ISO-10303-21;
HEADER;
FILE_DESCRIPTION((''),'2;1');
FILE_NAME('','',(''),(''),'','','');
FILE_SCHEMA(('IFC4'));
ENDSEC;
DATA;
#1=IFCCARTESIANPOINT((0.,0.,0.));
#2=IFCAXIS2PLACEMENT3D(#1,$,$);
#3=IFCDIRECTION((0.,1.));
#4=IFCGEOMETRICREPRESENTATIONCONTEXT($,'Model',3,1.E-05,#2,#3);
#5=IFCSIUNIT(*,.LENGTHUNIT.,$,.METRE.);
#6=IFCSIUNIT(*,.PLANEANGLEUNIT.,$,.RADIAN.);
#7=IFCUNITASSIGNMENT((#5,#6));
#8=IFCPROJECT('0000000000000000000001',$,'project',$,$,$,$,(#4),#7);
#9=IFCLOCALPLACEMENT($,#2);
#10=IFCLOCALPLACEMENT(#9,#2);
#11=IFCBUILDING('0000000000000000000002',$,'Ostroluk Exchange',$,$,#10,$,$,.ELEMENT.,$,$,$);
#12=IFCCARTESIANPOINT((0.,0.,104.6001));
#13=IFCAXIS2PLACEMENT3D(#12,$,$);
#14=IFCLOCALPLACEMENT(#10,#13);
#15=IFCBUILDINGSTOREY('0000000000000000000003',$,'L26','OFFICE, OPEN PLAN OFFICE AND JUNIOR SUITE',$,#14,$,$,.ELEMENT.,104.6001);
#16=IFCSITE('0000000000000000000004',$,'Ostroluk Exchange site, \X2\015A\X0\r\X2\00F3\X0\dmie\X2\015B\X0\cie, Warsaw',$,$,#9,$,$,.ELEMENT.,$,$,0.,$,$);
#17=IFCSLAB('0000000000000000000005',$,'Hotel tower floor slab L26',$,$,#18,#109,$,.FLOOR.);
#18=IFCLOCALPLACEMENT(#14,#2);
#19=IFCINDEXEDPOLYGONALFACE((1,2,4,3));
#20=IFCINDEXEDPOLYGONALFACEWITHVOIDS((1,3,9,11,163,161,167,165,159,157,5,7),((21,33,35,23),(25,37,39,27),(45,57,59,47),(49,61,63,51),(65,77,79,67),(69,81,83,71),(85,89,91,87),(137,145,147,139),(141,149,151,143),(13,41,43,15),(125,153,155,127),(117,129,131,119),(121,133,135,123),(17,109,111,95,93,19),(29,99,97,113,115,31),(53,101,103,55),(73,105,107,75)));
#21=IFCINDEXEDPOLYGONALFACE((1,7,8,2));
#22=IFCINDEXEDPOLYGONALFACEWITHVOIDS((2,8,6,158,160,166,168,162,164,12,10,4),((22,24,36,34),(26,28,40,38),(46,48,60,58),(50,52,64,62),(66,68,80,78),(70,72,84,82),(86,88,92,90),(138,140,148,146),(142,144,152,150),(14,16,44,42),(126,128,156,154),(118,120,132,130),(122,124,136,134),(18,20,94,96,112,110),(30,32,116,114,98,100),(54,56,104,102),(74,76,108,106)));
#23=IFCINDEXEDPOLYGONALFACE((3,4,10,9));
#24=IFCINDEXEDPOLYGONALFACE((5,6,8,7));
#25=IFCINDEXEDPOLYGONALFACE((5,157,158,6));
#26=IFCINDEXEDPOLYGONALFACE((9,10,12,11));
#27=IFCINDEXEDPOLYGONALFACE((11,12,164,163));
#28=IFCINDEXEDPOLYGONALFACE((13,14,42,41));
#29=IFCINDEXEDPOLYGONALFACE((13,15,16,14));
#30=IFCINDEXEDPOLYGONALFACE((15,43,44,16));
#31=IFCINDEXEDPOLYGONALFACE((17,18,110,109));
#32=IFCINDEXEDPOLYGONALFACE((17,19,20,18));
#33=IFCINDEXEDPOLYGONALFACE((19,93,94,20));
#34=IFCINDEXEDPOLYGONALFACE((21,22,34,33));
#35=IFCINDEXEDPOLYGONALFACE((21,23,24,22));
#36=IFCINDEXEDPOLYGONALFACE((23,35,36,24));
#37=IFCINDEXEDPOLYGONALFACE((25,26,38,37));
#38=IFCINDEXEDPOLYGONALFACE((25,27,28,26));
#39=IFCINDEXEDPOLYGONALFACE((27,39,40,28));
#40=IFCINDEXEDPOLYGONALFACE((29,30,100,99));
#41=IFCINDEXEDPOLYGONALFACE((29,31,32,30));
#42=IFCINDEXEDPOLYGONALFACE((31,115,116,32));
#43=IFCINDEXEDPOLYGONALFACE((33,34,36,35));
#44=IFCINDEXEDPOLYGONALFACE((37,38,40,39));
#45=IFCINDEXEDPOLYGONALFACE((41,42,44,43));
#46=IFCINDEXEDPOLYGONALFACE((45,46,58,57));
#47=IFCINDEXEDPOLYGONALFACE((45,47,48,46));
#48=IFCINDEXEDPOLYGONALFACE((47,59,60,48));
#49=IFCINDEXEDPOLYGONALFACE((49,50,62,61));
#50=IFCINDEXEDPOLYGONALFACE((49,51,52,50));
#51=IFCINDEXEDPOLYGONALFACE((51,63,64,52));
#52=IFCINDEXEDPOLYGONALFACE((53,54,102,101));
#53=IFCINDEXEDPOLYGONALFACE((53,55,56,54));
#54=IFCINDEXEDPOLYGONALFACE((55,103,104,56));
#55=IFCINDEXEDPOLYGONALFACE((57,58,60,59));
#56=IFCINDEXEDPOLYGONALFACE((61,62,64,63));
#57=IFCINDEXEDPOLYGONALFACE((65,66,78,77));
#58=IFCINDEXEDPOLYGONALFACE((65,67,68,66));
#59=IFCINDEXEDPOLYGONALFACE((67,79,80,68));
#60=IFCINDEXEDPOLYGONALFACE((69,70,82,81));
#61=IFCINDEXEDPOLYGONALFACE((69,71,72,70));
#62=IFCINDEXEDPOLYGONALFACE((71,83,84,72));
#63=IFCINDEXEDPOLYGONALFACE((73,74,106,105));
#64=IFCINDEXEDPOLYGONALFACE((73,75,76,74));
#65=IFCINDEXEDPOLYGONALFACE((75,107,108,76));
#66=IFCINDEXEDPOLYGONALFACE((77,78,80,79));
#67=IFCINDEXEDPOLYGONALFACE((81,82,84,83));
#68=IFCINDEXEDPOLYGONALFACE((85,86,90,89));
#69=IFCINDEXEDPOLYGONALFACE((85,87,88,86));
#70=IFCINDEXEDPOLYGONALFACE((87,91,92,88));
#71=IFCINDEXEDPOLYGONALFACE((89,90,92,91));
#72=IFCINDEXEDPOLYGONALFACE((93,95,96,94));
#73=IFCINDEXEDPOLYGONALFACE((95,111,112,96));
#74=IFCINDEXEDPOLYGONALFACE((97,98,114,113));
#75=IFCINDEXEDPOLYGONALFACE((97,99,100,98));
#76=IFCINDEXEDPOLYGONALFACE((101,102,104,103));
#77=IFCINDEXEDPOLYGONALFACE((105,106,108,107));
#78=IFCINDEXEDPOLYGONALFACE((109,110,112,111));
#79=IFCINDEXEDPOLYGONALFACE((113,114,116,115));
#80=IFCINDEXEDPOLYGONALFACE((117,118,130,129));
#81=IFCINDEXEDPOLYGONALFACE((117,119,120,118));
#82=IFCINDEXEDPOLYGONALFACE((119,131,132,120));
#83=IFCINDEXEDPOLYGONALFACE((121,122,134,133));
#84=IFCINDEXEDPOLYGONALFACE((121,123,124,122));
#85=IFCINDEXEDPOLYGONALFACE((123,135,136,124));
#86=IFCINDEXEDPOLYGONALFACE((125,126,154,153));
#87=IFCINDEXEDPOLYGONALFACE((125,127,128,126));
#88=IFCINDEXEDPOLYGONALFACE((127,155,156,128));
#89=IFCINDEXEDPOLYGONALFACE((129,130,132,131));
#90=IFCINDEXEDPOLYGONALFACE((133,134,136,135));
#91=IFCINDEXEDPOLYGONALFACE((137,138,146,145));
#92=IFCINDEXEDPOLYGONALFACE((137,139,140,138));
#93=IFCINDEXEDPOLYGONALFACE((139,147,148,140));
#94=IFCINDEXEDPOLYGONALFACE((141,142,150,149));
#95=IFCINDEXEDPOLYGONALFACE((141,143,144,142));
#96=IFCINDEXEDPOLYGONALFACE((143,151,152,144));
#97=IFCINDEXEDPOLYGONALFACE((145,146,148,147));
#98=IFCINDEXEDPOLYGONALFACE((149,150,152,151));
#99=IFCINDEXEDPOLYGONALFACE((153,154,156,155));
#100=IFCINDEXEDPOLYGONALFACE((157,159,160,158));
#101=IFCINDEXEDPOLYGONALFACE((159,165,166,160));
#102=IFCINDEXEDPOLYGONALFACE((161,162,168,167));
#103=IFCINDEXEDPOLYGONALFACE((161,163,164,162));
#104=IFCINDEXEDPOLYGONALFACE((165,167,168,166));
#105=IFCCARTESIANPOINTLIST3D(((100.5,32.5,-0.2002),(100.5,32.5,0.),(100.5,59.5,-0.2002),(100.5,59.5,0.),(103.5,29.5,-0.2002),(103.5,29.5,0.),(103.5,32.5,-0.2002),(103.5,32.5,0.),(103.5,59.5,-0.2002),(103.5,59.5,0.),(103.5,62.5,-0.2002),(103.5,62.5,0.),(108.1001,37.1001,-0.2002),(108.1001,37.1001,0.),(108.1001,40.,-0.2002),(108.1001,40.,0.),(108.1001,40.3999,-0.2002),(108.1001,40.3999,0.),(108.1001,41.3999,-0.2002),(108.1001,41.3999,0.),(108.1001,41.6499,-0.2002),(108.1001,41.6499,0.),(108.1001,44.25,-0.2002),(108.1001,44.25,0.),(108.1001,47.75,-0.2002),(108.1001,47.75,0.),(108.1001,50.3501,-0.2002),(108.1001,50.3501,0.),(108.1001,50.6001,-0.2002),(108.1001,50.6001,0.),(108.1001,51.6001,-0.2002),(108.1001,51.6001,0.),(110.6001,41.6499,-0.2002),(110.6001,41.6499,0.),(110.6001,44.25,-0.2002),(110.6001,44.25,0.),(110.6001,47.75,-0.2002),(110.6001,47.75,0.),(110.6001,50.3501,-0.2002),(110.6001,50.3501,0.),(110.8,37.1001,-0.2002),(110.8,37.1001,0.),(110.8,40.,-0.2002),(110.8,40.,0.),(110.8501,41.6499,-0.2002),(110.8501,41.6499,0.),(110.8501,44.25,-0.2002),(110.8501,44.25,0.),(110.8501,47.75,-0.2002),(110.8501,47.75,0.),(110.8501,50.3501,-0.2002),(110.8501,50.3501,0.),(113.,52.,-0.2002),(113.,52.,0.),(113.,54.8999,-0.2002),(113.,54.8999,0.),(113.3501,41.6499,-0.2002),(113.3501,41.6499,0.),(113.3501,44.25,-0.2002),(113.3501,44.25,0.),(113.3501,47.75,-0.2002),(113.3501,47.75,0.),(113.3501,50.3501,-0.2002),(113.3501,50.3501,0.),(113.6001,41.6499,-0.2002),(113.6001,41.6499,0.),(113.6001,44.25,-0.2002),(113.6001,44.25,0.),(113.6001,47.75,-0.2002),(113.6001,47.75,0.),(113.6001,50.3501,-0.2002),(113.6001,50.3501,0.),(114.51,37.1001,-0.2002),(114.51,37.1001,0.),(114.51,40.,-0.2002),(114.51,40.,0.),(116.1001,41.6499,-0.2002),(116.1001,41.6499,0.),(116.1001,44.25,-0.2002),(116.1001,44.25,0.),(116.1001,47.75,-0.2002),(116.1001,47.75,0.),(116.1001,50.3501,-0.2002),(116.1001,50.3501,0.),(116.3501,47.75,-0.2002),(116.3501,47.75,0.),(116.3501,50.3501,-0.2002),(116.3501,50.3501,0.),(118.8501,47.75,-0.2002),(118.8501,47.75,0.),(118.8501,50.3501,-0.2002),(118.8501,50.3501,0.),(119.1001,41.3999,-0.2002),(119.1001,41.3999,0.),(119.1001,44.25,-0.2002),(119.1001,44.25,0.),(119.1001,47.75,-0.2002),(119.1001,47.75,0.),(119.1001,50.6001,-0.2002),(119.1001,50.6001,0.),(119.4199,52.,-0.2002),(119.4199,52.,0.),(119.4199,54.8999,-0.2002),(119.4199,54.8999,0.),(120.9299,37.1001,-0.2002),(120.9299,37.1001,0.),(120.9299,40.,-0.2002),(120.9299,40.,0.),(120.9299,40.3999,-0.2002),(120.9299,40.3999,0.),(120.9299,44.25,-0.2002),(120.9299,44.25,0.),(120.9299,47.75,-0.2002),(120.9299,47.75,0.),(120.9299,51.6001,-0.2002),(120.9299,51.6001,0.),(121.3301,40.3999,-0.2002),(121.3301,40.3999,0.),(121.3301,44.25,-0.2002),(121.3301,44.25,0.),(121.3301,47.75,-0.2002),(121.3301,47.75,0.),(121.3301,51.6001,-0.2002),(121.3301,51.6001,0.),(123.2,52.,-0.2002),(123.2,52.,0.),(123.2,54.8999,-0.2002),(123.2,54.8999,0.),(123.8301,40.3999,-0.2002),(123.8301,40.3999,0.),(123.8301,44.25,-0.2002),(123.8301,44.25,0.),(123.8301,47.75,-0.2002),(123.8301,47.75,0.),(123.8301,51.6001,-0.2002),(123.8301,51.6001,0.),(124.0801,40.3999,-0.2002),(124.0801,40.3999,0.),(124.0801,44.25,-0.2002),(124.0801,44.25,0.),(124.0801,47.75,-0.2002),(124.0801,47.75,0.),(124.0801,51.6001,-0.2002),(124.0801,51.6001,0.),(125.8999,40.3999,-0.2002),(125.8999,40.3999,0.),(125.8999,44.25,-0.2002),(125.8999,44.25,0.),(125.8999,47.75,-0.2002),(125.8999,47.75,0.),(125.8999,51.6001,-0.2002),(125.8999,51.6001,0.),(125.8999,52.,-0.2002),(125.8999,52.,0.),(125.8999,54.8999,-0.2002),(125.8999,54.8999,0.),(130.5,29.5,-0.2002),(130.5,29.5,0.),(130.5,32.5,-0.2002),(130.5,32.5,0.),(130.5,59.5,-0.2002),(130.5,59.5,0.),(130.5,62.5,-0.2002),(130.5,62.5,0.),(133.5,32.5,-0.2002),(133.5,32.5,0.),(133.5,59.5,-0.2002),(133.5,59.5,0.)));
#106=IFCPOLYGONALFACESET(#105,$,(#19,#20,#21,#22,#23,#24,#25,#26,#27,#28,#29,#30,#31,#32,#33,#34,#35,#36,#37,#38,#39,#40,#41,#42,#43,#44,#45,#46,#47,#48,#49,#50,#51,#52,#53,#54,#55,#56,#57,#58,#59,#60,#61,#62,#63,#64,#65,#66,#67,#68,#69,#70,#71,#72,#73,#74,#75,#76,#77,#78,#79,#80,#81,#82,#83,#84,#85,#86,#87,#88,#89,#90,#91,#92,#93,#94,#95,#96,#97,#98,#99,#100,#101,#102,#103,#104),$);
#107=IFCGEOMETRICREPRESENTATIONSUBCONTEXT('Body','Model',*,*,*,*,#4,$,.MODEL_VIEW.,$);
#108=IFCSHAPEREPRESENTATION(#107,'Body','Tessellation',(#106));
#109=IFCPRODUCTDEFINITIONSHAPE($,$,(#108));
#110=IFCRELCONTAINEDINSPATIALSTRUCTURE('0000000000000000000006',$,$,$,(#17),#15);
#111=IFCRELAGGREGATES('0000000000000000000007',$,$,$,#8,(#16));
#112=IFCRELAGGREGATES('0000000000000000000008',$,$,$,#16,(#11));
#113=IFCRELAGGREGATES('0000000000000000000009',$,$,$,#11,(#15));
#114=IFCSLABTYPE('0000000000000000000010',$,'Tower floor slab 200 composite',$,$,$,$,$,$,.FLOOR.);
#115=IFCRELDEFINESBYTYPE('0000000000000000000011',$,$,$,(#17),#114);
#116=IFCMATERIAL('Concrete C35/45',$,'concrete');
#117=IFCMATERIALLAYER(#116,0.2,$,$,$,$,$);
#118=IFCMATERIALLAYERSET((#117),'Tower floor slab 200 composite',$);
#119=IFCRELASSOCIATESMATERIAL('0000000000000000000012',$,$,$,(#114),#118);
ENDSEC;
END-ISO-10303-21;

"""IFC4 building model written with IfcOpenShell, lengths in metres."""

from ifc_helpers import new_model, si_unit, direction, frame, origin, place, context, subcontext, project, spatial, polyline, outline, extrude, material, layer, layer_set, type_object, element, save


model = new_model("IFC4")

# Units and contexts
model_context = context("Model", 3, precision=1e-05, world=origin(), true_north=direction((0.0, 1.0)))
body_context = subcontext(model_context, "Body", "Model", "MODEL_VIEW")
ifc_project = project(units=[si_unit("LENGTHUNIT", "METRE"), si_unit("PLANEANGLEUNIT", "RADIAN")], contexts=[model_context])

# Site, building, storey
site_placement = place(None, origin())
site = spatial("IfcSite", under=ifc_project, at=site_placement, Name="Ostroluk Exchange site, Śródmieście, Warsaw", CompositionType="ELEMENT", RefElevation=0.0)
building_placement = place(site_placement, origin())
building = spatial("IfcBuilding", under=site, at=building_placement, Name="Ostroluk Exchange", CompositionType="ELEMENT")
storey_placement = place(building_placement, frame((0.0, 0.0, 104.6001)))
storey = spatial("IfcBuildingStorey", under=building, at=storey_placement, Name="L26", Description="OFFICE, OPEN PLAN OFFICE AND JUNIOR SUITE", CompositionType="ELEMENT", Elevation=104.6001)

# Slab
ifc_material_1 = material(Name="Concrete C35/45", Category="concrete")
ifc_layer_1 = layer(ifc_material_1, 0.2)
ifc_layer_set_1 = layer_set([ifc_layer_1], Name="Tower floor slab 200 composite")
slab_type_1 = type_object("IfcSlabType", Name="Tower floor slab 200 composite", PredefinedType="FLOOR", material=ifc_layer_set_1)
slab_1_placement = place(storey_placement, frame((0.0, 0.0, -0.2002)))
element("IfcSlab", 1, at=slab_1_placement, inside=storey, type_object=slab_type_1, Name="Hotel tower floor slab L26", PredefinedType="FLOOR", context=body_context, shape_type="SweptSolid", body=[
    extrude(outline(polyline([(103.5, 29.5), (130.5, 29.5), (130.5, 32.5), (133.5, 32.5), (133.5, 59.5), (130.5, 59.5), (130.5, 62.5), (103.5, 62.5), (103.5, 59.5), (100.5, 59.5), (100.5, 32.5), (103.5, 32.5), (103.5, 29.5)]), holes=[polyline([(108.1001, 37.1001), (110.8, 37.1001), (110.8, 40.0), (108.1001, 40.0), (108.1001, 37.1001)]), polyline([(114.51, 37.1001), (120.9299, 37.1001), (120.9299, 40.0), (114.51, 40.0), (114.51, 37.1001)]), polyline([(113.0, 52.0), (119.4199, 52.0), (119.4199, 54.8999), (113.0, 54.8999), (113.0, 52.0)]), polyline([(123.2, 52.0), (125.8999, 52.0), (125.8999, 54.8999), (123.2, 54.8999), (123.2, 52.0)]), polyline([(108.1001, 47.75), (110.6001, 47.75), (110.6001, 50.3501), (108.1001, 50.3501), (108.1001, 47.75)]), polyline([(110.8501, 47.75), (113.3501, 47.75), (113.3501, 50.3501), (110.8501, 50.3501), (110.8501, 47.75)]), polyline([(113.6001, 47.75), (116.1001, 47.75), (116.1001, 50.3501), (113.6001, 50.3501), (113.6001, 47.75)]), polyline([(116.3501, 47.75), (118.8501, 47.75), (118.8501, 50.3501), (116.3501, 50.3501), (116.3501, 47.75)]), polyline([(108.1001, 41.6499), (110.6001, 41.6499), (110.6001, 44.25), (108.1001, 44.25), (108.1001, 41.6499)]), polyline([(110.8501, 41.6499), (113.3501, 41.6499), (113.3501, 44.25), (110.8501, 44.25), (110.8501, 41.6499)]), polyline([(113.6001, 41.6499), (116.1001, 41.6499), (116.1001, 44.25), (113.6001, 44.25), (113.6001, 41.6499)]), polyline([(121.3301, 47.75), (123.8301, 47.75), (123.8301, 51.6001), (121.3301, 51.6001), (121.3301, 47.75)]), polyline([(121.3301, 40.3999), (123.8301, 40.3999), (123.8301, 44.25), (121.3301, 44.25), (121.3301, 40.3999)]), polyline([(120.9299, 51.6001), (120.9299, 47.75), (119.1001, 47.75), (119.1001, 50.6001), (108.1001, 50.6001), (108.1001, 51.6001), (120.9299, 51.6001)]), polyline([(108.1001, 40.3999), (108.1001, 41.3999), (119.1001, 41.3999), (119.1001, 44.25), (120.9299, 44.25), (120.9299, 40.3999), (108.1001, 40.3999)]), polyline([(124.0801, 47.75), (125.8999, 47.75), (125.8999, 51.6001), (124.0801, 51.6001), (124.0801, 47.75)]), polyline([(124.0801, 40.3999), (125.8999, 40.3999), (125.8999, 44.25), (124.0801, 44.25), (124.0801, 40.3999)])]), origin(), (0.0, 0.0, 1.0), 0.2002),
])

save(model, "model.ifc")
